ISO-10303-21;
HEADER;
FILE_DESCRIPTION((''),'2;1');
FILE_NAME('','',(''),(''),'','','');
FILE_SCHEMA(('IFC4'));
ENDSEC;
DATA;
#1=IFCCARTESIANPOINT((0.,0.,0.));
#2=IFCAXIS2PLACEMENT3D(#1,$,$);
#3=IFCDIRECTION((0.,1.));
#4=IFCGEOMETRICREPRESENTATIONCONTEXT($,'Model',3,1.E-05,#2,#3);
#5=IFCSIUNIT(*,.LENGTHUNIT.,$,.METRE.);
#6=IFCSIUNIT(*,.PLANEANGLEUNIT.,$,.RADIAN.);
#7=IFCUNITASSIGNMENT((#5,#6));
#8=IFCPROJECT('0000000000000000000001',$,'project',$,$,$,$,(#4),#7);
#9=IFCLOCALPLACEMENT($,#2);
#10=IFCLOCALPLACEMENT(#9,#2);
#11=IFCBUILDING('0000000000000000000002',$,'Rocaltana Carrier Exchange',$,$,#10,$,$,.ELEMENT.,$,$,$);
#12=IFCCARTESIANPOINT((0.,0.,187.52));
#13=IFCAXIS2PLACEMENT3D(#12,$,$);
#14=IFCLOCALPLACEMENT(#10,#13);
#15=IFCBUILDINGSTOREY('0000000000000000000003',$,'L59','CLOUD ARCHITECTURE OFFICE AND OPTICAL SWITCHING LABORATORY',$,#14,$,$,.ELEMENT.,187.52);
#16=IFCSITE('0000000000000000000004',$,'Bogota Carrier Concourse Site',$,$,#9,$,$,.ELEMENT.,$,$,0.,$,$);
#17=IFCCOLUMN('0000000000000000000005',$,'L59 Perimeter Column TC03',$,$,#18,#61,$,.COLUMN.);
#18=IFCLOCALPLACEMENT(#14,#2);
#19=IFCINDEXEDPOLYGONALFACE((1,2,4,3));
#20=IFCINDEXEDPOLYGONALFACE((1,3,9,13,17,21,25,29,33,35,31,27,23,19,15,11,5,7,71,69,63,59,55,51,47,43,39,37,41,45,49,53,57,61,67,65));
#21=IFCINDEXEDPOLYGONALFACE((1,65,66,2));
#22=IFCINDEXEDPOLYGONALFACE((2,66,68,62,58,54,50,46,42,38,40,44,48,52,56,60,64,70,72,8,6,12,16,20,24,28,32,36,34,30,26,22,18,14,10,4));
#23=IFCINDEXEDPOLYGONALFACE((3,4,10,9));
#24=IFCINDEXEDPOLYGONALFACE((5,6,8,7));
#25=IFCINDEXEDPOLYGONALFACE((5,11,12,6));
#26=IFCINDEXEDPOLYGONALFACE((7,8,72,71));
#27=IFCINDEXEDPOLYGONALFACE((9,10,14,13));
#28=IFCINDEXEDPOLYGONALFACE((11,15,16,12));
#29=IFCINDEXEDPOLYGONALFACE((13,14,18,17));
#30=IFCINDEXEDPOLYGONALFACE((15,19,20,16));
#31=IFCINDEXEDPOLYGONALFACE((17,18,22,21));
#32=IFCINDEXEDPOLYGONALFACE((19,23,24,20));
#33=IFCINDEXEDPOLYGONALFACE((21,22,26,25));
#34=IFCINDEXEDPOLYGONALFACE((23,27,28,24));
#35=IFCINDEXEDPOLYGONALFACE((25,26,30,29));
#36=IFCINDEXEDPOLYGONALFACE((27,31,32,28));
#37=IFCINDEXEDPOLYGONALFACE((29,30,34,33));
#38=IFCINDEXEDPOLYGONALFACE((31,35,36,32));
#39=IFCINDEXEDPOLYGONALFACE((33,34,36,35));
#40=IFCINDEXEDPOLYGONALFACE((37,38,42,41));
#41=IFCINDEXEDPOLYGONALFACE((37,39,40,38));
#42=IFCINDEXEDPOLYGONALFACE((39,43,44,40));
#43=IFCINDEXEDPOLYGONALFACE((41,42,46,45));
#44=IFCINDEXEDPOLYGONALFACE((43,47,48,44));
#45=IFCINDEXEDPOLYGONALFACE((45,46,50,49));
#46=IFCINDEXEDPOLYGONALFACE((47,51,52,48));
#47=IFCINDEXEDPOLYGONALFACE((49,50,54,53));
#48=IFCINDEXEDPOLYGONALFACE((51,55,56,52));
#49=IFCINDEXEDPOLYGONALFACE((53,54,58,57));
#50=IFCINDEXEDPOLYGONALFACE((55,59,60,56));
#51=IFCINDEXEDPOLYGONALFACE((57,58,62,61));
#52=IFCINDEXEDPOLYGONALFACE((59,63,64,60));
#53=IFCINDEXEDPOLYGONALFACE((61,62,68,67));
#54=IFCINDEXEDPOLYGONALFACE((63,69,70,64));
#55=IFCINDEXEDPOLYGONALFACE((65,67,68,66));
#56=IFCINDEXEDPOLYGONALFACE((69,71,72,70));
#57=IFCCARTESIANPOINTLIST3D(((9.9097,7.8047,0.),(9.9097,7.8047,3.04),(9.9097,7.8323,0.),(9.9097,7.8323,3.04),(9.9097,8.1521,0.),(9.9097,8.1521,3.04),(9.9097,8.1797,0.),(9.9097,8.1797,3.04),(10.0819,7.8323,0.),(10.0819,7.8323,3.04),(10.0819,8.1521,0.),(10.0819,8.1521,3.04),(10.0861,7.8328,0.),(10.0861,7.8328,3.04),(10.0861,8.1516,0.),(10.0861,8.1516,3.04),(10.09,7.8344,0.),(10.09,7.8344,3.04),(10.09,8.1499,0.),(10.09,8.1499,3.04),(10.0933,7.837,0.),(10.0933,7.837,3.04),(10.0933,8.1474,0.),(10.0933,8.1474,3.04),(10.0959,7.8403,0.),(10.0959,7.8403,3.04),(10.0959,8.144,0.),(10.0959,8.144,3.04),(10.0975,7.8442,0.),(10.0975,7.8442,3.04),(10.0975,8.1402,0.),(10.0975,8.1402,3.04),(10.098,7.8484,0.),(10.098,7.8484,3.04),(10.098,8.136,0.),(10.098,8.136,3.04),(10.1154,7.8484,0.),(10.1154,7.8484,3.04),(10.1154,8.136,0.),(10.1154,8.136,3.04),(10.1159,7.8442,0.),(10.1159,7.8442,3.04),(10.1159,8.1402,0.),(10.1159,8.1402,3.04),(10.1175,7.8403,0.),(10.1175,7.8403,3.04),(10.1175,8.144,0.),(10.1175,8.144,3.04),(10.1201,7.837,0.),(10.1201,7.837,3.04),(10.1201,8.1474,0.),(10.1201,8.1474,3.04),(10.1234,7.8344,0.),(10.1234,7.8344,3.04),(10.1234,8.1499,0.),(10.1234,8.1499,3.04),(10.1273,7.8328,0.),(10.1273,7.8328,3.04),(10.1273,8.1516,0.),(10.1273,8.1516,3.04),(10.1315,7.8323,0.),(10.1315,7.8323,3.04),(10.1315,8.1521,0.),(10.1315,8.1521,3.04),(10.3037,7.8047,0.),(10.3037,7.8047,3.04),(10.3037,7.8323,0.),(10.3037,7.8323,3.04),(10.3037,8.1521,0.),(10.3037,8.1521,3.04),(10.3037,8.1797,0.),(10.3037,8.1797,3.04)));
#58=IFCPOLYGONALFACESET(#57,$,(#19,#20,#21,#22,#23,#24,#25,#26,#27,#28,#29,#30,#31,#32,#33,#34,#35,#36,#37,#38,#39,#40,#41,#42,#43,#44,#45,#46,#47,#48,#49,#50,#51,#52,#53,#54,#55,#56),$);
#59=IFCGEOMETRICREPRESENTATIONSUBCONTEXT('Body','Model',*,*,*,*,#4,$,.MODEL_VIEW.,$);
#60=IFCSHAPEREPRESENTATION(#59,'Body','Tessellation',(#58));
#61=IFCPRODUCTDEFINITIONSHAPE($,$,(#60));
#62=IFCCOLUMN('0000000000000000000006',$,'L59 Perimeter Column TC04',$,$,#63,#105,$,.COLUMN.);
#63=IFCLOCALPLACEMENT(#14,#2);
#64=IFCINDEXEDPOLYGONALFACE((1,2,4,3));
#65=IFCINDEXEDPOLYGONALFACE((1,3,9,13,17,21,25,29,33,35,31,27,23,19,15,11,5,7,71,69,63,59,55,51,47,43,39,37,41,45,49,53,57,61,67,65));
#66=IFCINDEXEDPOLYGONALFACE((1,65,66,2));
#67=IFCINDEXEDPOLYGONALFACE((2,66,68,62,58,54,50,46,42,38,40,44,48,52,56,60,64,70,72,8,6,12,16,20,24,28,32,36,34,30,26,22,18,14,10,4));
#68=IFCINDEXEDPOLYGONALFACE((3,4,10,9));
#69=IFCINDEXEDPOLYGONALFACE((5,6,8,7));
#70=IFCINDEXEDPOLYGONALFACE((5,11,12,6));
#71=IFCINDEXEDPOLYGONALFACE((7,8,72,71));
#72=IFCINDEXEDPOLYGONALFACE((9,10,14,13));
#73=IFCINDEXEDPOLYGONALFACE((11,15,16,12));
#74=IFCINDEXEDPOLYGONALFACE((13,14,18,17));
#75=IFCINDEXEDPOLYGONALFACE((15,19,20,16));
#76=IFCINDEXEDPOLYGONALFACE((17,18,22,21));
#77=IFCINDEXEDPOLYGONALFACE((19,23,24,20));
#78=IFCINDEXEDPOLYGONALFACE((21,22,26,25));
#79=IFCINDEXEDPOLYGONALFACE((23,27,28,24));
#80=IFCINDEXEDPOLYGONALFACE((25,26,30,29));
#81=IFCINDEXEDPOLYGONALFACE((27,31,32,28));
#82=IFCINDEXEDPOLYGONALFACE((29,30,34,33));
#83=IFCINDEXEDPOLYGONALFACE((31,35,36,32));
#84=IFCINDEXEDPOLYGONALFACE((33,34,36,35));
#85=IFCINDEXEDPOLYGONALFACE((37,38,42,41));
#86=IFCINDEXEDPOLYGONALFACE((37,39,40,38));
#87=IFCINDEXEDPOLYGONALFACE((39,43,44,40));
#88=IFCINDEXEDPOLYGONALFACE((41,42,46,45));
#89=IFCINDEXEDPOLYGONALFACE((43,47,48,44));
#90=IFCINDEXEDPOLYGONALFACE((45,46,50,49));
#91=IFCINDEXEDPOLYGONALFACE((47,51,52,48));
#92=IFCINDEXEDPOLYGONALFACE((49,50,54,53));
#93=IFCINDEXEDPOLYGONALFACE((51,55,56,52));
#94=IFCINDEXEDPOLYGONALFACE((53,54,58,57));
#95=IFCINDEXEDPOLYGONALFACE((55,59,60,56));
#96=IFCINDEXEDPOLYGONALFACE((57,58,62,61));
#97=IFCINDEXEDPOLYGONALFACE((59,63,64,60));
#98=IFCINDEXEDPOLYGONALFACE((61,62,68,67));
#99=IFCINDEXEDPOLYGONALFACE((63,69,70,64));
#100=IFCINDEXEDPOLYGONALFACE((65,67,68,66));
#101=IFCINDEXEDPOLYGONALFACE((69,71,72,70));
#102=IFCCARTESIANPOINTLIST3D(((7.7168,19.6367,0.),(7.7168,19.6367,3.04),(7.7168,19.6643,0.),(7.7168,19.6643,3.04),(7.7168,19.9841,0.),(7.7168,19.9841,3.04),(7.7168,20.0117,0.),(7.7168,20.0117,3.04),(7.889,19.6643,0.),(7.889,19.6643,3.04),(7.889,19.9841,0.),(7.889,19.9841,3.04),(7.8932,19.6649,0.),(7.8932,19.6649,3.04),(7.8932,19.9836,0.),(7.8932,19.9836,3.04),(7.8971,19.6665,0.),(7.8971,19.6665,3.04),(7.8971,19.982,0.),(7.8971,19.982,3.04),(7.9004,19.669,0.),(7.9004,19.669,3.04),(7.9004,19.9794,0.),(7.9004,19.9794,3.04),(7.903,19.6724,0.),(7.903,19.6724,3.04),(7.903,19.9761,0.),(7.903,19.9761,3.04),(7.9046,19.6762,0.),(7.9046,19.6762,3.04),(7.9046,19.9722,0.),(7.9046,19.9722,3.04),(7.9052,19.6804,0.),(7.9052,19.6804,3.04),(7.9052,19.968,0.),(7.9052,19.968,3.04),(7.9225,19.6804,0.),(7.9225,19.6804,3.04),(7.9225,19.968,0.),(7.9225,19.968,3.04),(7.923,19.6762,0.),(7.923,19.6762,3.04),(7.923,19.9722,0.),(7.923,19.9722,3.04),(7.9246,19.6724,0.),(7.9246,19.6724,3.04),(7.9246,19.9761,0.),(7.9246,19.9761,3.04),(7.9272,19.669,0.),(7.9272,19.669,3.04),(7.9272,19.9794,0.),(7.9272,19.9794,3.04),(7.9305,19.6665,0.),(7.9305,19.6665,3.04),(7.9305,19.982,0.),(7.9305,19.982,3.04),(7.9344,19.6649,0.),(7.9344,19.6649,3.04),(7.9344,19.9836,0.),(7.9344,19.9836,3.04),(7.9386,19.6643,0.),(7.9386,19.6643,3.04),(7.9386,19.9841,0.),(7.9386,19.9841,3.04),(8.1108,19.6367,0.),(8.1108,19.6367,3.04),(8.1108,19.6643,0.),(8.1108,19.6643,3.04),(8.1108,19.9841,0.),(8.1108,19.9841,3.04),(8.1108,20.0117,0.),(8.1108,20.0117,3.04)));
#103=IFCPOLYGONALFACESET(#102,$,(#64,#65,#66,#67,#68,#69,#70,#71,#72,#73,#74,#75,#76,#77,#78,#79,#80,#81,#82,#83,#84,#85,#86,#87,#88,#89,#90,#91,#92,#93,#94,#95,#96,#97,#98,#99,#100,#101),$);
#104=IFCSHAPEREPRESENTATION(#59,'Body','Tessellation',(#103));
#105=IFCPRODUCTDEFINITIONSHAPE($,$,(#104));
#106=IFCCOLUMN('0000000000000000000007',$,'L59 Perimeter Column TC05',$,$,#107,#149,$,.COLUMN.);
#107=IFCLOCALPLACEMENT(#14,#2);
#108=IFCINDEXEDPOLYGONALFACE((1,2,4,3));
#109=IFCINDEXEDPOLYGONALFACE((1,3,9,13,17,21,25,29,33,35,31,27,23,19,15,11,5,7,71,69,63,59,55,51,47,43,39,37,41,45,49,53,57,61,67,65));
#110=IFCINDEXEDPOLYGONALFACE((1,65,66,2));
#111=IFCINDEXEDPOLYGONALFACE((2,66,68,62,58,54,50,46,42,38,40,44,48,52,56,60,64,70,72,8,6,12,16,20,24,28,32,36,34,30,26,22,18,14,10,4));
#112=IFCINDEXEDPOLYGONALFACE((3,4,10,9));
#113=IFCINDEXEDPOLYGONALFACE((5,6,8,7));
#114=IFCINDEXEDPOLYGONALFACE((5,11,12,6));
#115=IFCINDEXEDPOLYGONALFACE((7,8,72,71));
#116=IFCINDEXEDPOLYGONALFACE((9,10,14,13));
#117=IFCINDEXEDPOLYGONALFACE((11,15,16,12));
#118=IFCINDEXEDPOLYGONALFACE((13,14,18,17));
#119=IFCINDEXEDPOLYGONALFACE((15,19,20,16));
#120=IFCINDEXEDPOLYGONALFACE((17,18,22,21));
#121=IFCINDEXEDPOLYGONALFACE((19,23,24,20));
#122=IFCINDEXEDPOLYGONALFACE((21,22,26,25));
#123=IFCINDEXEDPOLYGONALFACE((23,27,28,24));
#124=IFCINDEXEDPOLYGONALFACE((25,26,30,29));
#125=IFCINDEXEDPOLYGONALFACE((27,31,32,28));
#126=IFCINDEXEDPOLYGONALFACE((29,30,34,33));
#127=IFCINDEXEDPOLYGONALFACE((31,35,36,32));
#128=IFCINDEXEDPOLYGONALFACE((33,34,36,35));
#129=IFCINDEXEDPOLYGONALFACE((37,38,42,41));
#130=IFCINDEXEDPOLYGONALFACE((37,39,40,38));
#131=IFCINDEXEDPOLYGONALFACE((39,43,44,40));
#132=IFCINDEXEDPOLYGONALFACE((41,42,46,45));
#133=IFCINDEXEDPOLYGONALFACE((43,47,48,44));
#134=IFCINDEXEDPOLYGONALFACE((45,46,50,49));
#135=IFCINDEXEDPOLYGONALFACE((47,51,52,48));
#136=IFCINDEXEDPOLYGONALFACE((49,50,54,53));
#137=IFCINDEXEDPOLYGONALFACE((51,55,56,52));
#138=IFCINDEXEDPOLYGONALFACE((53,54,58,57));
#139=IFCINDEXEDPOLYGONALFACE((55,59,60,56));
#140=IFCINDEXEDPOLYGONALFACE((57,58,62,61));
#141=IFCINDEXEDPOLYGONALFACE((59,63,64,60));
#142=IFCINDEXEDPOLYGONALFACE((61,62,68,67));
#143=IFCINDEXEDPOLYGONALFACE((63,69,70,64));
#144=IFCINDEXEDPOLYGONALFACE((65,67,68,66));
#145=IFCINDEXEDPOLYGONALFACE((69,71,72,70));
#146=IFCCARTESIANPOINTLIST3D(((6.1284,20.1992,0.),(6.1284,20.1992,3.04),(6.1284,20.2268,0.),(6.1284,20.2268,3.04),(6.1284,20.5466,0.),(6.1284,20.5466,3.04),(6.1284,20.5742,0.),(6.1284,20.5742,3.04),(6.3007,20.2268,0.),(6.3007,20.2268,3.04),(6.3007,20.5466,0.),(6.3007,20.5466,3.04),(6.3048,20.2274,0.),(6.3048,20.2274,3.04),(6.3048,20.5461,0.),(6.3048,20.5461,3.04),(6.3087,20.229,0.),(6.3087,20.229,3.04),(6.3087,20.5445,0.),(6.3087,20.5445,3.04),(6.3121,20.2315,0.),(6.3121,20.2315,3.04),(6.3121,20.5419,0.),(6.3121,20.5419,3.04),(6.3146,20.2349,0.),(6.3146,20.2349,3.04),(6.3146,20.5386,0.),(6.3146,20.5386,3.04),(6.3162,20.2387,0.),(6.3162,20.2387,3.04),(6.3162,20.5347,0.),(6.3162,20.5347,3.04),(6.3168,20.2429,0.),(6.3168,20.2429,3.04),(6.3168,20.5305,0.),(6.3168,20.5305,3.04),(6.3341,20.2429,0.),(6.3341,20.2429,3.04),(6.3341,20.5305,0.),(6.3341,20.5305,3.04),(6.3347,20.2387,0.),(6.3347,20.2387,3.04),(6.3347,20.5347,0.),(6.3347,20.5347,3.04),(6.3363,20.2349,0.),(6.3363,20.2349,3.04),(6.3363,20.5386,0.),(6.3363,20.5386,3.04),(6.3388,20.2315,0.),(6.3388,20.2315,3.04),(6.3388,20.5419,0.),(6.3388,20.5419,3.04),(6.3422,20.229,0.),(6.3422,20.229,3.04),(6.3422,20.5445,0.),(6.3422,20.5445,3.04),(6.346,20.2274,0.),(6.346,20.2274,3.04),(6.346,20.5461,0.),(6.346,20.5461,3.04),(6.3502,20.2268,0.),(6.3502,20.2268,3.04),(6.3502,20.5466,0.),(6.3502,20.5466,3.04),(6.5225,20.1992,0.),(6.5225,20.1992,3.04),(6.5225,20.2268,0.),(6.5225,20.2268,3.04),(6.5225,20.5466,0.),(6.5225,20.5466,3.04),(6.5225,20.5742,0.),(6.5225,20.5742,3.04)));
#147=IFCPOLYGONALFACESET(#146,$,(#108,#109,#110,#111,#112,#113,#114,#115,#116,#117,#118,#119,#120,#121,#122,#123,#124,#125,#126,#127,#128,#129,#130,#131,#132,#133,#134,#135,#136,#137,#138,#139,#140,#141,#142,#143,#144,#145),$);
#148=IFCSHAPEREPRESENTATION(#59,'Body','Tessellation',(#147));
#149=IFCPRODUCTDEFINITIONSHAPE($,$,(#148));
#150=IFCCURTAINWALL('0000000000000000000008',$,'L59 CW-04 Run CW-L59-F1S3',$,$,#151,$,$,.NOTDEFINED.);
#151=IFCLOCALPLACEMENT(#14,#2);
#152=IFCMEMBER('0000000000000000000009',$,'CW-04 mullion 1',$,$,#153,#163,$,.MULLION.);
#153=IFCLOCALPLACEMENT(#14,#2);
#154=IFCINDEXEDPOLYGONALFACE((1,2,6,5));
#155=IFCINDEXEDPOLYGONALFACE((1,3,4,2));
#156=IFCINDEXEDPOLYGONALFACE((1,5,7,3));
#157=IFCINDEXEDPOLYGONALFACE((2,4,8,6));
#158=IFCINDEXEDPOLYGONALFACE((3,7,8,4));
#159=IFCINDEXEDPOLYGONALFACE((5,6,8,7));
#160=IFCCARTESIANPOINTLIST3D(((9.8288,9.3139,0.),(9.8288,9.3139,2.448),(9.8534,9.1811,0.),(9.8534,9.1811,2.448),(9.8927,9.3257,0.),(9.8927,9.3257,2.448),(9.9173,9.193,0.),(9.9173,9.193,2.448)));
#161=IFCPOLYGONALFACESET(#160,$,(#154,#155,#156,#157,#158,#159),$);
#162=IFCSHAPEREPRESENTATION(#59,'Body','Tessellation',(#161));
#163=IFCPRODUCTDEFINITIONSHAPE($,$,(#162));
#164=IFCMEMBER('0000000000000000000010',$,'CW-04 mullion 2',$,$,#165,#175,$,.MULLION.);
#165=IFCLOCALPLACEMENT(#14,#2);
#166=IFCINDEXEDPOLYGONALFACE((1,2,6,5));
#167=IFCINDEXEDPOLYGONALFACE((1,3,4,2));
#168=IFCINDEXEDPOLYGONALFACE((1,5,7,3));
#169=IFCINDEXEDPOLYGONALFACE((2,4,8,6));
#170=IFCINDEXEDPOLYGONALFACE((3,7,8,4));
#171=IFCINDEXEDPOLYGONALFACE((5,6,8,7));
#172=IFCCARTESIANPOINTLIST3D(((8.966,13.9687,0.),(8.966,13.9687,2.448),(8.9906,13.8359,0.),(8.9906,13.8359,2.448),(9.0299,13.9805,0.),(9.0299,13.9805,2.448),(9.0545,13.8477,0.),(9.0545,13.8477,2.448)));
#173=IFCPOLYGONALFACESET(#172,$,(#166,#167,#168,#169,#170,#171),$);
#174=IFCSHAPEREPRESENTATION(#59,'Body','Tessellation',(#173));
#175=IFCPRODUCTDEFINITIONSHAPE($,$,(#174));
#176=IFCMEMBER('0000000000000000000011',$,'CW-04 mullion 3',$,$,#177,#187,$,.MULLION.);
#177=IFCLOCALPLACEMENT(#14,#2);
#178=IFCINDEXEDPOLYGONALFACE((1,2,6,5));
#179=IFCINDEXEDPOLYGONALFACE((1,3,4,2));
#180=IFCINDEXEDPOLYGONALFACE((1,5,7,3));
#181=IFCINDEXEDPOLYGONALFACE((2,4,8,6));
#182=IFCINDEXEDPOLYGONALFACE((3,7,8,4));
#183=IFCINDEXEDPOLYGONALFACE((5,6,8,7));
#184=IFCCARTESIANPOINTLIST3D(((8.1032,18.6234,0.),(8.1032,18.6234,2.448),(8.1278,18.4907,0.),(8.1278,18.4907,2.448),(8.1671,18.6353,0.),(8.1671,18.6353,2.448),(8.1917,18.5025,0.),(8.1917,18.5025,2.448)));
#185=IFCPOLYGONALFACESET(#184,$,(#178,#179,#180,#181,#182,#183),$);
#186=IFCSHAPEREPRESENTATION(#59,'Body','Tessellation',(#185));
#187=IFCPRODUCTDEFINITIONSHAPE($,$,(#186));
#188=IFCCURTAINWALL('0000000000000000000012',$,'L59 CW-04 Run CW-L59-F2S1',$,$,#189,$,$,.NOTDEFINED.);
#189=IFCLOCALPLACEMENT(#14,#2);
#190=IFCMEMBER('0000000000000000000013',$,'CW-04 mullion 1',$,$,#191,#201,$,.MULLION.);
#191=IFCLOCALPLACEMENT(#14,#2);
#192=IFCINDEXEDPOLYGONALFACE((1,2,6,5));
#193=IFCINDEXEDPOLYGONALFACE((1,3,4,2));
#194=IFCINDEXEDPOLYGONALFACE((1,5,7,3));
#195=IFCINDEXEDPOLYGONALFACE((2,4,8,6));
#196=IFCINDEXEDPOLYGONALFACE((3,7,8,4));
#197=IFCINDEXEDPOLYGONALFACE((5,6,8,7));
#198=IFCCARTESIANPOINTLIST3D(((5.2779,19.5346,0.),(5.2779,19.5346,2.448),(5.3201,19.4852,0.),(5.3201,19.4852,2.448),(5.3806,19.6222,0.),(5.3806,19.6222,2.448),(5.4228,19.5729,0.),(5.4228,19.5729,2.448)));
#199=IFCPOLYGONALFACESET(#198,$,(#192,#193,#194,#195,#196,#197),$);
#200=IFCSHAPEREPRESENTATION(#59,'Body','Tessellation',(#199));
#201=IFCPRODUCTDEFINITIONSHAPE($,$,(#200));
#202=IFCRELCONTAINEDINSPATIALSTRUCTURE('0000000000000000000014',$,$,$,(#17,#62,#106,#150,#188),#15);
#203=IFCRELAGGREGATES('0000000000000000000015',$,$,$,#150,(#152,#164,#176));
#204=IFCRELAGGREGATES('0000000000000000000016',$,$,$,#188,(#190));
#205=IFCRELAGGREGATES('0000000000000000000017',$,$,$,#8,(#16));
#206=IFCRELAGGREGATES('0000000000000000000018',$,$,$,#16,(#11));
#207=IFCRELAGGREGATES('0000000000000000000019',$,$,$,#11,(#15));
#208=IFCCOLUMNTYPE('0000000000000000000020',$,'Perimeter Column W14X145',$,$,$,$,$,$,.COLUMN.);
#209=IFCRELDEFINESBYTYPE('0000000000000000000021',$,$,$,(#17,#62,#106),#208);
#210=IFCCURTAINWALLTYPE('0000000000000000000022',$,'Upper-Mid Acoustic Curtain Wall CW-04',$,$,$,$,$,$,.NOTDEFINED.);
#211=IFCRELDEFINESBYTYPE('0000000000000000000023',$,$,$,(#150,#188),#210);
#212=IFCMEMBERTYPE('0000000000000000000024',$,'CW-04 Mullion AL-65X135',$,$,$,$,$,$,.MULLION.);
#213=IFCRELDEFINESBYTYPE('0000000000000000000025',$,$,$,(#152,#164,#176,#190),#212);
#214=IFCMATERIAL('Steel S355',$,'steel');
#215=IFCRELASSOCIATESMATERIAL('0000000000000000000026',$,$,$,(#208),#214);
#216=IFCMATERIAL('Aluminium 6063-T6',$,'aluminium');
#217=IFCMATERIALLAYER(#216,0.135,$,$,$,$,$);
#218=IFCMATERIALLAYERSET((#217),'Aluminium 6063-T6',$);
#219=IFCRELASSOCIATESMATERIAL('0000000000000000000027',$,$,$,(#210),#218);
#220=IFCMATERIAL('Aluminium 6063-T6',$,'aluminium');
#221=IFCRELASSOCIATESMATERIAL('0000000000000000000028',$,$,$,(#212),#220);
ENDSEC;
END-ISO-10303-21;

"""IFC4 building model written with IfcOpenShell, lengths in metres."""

from ifc_helpers import new_model, si_unit, direction, frame, origin, origin_2d, place, context, subcontext, project, spatial, rectangle, i_section, extrude, material, layer, layer_set, material_profile, profile_set, type_object, element, aggregate, save


model = new_model("IFC4")

# Units and contexts
model_context = context("Model", 3, precision=1e-05, world=origin(), true_north=direction((0.0, 1.0)))
body_context = subcontext(model_context, "Body", "Model", "MODEL_VIEW")
ifc_project = project(units=[si_unit("LENGTHUNIT", "METRE"), si_unit("PLANEANGLEUNIT", "RADIAN")], contexts=[model_context])

# Site, building, storey
site_placement = place(None, origin())
site = spatial("IfcSite", under=ifc_project, at=site_placement, Name="Bogota Carrier Concourse Site", CompositionType="ELEMENT", RefElevation=0.0)
building_placement = place(site_placement, origin())
building = spatial("IfcBuilding", under=site, at=building_placement, Name="Rocaltana Carrier Exchange", CompositionType="ELEMENT")
storey_placement = place(building_placement, frame((0.0, 0.0, 187.52)))
storey = spatial("IfcBuildingStorey", under=building, at=storey_placement, Name="L59", Description="CLOUD ARCHITECTURE OFFICE AND OPTICAL SWITCHING LABORATORY", CompositionType="ELEMENT", Elevation=187.52)

# Columns
ifc_material_1 = material(Name="Steel S355", Category="steel")
ifc_material_profile_1 = material_profile(ifc_material_1, i_section(OverallWidth=0.394, OverallDepth=0.375, WebThickness=0.0173, FlangeThickness=0.0276, FilletRadius=0.0161, at=origin_2d()), Name="W14X145")
ifc_profile_set_1 = profile_set([ifc_material_profile_1], Name="Steel S355")
column_type = type_object("IfcColumnType", Name="Perimeter Column W14X145", PredefinedType="COLUMN", material=ifc_profile_set_1)
for number, where, z_axis, x_axis, name in (
    (1, (10.1067, 7.9922, 0.0), (0.0, 0.0, 1.0), (1.0, 0.0, 0.0), "L59 Perimeter Column TC03"),
    (2, (7.9138, 19.8242, 0.0), (0.0, 0.0, 1.0), (1.0, 0.0, 0.0), "L59 Perimeter Column TC04"),
    (3, (6.3254, 20.3867, 0.0), (0.0, 0.0, 1.0), (1.0, 0.0, 0.0), "L59 Perimeter Column TC05"),
):
    element("IfcColumn", number, at=place(storey_placement, frame(where, z_axis=z_axis, x_axis=x_axis)), inside=storey, type_object=column_type, Name=name, PredefinedType="COLUMN", context=body_context, shape_type="SweptSolid", body=[
        extrude(i_section(OverallWidth=0.394, OverallDepth=0.375, WebThickness=0.0173, FlangeThickness=0.0276, FilletRadius=0.0161, at=origin_2d()), origin(), (0.0, 0.0, 1.0), 3.04),
    ])

# Curtain walls, members
ifc_material_2 = material(Name="Aluminium 6063-T6", Category="aluminium")
ifc_layer_1 = layer(ifc_material_2, 0.135)
ifc_layer_set_1 = layer_set([ifc_layer_1], Name="Aluminium 6063-T6")
curtain_wall_type = type_object("IfcCurtainWallType", Name="Upper-Mid Acoustic Curtain Wall CW-04", PredefinedType="NOTDEFINED", material=ifc_layer_set_1)
curtain_wall_1_placement = place(storey_placement, origin())
curtain_wall_1 = element("IfcCurtainWall", 4, at=curtain_wall_1_placement, inside=storey, type_object=curtain_wall_type, Name="L59 CW-04 Run CW-L59-F1S3", PredefinedType="NOTDEFINED")
ifc_material_3 = material(Name="Aluminium 6063-T6", Category="aluminium")
ifc_material_profile_2 = material_profile(ifc_material_3, rectangle(XDim=0.0649, YDim=0.135, at=origin_2d()), Name="AL-65X135")
ifc_profile_set_2 = profile_set([ifc_material_profile_2], Name="Aluminium 6063-T6")
member_type_1 = type_object("IfcMemberType", Name="CW-04 Mullion AL-65X135", PredefinedType="MULLION", material=ifc_profile_set_2)
member_1_placement = place(storey_placement, frame((9.873, 9.2534, 0.0), z_axis=(0.0, 0.0, 1.0), x_axis=(-0.983255, -0.182236, 0.0)))
member_1 = element("IfcMember", 5, at=member_1_placement, type_object=member_type_1, Name="CW-04 mullion 1", PredefinedType="MULLION", context=body_context, shape_type="SweptSolid", body=[
    extrude(rectangle(XDim=0.0649, YDim=0.135, at=origin_2d()), origin(), (0.0, 0.0, 1.0), 2.448),
])
member_2_placement = place(storey_placement, frame((9.0103, 13.9082, 0.0), z_axis=(0.0, 0.0, 1.0), x_axis=(-0.983255, -0.182236, 0.0)))
member_2 = element("IfcMember", 6, at=member_2_placement, type_object=member_type_1, Name="CW-04 mullion 2", PredefinedType="MULLION", context=body_context, shape_type="SweptSolid", body=[
    extrude(rectangle(XDim=0.0649, YDim=0.135, at=origin_2d()), origin(), (0.0, 0.0, 1.0), 2.448),
])
member_3_placement = place(storey_placement, frame((8.1475, 18.563, 0.0), z_axis=(0.0, 0.0, 1.0), x_axis=(-0.983255, -0.182236, 0.0)))
member_3 = element("IfcMember", 7, at=member_3_placement, type_object=member_type_1, Name="CW-04 mullion 3", PredefinedType="MULLION", context=body_context, shape_type="SweptSolid", body=[
    extrude(rectangle(XDim=0.0649, YDim=0.135, at=origin_2d()), origin(), (0.0, 0.0, 1.0), 2.448),
])
curtain_wall_2_placement = place(storey_placement, origin())
curtain_wall_2 = element("IfcCurtainWall", 8, at=curtain_wall_2_placement, inside=storey, type_object=curtain_wall_type, Name="L59 CW-04 Run CW-L59-F2S1", PredefinedType="NOTDEFINED")
member_4_placement = place(storey_placement, frame((5.3503, 19.5537, 0.0), z_axis=(0.0, 0.0, 1.0), x_axis=(0.649448, -0.760406, 0.0)))
member_4 = element("IfcMember", 9, at=member_4_placement, type_object=member_type_1, Name="CW-04 mullion 1", PredefinedType="MULLION", context=body_context, shape_type="SweptSolid", body=[
    extrude(rectangle(XDim=0.0649, YDim=0.135, at=origin_2d()), origin(), (0.0, 0.0, 1.0), 2.448),
])

aggregate(curtain_wall_1, [member_1, member_2, member_3])
aggregate(curtain_wall_2, [member_4])

save(model, "model.ifc")
